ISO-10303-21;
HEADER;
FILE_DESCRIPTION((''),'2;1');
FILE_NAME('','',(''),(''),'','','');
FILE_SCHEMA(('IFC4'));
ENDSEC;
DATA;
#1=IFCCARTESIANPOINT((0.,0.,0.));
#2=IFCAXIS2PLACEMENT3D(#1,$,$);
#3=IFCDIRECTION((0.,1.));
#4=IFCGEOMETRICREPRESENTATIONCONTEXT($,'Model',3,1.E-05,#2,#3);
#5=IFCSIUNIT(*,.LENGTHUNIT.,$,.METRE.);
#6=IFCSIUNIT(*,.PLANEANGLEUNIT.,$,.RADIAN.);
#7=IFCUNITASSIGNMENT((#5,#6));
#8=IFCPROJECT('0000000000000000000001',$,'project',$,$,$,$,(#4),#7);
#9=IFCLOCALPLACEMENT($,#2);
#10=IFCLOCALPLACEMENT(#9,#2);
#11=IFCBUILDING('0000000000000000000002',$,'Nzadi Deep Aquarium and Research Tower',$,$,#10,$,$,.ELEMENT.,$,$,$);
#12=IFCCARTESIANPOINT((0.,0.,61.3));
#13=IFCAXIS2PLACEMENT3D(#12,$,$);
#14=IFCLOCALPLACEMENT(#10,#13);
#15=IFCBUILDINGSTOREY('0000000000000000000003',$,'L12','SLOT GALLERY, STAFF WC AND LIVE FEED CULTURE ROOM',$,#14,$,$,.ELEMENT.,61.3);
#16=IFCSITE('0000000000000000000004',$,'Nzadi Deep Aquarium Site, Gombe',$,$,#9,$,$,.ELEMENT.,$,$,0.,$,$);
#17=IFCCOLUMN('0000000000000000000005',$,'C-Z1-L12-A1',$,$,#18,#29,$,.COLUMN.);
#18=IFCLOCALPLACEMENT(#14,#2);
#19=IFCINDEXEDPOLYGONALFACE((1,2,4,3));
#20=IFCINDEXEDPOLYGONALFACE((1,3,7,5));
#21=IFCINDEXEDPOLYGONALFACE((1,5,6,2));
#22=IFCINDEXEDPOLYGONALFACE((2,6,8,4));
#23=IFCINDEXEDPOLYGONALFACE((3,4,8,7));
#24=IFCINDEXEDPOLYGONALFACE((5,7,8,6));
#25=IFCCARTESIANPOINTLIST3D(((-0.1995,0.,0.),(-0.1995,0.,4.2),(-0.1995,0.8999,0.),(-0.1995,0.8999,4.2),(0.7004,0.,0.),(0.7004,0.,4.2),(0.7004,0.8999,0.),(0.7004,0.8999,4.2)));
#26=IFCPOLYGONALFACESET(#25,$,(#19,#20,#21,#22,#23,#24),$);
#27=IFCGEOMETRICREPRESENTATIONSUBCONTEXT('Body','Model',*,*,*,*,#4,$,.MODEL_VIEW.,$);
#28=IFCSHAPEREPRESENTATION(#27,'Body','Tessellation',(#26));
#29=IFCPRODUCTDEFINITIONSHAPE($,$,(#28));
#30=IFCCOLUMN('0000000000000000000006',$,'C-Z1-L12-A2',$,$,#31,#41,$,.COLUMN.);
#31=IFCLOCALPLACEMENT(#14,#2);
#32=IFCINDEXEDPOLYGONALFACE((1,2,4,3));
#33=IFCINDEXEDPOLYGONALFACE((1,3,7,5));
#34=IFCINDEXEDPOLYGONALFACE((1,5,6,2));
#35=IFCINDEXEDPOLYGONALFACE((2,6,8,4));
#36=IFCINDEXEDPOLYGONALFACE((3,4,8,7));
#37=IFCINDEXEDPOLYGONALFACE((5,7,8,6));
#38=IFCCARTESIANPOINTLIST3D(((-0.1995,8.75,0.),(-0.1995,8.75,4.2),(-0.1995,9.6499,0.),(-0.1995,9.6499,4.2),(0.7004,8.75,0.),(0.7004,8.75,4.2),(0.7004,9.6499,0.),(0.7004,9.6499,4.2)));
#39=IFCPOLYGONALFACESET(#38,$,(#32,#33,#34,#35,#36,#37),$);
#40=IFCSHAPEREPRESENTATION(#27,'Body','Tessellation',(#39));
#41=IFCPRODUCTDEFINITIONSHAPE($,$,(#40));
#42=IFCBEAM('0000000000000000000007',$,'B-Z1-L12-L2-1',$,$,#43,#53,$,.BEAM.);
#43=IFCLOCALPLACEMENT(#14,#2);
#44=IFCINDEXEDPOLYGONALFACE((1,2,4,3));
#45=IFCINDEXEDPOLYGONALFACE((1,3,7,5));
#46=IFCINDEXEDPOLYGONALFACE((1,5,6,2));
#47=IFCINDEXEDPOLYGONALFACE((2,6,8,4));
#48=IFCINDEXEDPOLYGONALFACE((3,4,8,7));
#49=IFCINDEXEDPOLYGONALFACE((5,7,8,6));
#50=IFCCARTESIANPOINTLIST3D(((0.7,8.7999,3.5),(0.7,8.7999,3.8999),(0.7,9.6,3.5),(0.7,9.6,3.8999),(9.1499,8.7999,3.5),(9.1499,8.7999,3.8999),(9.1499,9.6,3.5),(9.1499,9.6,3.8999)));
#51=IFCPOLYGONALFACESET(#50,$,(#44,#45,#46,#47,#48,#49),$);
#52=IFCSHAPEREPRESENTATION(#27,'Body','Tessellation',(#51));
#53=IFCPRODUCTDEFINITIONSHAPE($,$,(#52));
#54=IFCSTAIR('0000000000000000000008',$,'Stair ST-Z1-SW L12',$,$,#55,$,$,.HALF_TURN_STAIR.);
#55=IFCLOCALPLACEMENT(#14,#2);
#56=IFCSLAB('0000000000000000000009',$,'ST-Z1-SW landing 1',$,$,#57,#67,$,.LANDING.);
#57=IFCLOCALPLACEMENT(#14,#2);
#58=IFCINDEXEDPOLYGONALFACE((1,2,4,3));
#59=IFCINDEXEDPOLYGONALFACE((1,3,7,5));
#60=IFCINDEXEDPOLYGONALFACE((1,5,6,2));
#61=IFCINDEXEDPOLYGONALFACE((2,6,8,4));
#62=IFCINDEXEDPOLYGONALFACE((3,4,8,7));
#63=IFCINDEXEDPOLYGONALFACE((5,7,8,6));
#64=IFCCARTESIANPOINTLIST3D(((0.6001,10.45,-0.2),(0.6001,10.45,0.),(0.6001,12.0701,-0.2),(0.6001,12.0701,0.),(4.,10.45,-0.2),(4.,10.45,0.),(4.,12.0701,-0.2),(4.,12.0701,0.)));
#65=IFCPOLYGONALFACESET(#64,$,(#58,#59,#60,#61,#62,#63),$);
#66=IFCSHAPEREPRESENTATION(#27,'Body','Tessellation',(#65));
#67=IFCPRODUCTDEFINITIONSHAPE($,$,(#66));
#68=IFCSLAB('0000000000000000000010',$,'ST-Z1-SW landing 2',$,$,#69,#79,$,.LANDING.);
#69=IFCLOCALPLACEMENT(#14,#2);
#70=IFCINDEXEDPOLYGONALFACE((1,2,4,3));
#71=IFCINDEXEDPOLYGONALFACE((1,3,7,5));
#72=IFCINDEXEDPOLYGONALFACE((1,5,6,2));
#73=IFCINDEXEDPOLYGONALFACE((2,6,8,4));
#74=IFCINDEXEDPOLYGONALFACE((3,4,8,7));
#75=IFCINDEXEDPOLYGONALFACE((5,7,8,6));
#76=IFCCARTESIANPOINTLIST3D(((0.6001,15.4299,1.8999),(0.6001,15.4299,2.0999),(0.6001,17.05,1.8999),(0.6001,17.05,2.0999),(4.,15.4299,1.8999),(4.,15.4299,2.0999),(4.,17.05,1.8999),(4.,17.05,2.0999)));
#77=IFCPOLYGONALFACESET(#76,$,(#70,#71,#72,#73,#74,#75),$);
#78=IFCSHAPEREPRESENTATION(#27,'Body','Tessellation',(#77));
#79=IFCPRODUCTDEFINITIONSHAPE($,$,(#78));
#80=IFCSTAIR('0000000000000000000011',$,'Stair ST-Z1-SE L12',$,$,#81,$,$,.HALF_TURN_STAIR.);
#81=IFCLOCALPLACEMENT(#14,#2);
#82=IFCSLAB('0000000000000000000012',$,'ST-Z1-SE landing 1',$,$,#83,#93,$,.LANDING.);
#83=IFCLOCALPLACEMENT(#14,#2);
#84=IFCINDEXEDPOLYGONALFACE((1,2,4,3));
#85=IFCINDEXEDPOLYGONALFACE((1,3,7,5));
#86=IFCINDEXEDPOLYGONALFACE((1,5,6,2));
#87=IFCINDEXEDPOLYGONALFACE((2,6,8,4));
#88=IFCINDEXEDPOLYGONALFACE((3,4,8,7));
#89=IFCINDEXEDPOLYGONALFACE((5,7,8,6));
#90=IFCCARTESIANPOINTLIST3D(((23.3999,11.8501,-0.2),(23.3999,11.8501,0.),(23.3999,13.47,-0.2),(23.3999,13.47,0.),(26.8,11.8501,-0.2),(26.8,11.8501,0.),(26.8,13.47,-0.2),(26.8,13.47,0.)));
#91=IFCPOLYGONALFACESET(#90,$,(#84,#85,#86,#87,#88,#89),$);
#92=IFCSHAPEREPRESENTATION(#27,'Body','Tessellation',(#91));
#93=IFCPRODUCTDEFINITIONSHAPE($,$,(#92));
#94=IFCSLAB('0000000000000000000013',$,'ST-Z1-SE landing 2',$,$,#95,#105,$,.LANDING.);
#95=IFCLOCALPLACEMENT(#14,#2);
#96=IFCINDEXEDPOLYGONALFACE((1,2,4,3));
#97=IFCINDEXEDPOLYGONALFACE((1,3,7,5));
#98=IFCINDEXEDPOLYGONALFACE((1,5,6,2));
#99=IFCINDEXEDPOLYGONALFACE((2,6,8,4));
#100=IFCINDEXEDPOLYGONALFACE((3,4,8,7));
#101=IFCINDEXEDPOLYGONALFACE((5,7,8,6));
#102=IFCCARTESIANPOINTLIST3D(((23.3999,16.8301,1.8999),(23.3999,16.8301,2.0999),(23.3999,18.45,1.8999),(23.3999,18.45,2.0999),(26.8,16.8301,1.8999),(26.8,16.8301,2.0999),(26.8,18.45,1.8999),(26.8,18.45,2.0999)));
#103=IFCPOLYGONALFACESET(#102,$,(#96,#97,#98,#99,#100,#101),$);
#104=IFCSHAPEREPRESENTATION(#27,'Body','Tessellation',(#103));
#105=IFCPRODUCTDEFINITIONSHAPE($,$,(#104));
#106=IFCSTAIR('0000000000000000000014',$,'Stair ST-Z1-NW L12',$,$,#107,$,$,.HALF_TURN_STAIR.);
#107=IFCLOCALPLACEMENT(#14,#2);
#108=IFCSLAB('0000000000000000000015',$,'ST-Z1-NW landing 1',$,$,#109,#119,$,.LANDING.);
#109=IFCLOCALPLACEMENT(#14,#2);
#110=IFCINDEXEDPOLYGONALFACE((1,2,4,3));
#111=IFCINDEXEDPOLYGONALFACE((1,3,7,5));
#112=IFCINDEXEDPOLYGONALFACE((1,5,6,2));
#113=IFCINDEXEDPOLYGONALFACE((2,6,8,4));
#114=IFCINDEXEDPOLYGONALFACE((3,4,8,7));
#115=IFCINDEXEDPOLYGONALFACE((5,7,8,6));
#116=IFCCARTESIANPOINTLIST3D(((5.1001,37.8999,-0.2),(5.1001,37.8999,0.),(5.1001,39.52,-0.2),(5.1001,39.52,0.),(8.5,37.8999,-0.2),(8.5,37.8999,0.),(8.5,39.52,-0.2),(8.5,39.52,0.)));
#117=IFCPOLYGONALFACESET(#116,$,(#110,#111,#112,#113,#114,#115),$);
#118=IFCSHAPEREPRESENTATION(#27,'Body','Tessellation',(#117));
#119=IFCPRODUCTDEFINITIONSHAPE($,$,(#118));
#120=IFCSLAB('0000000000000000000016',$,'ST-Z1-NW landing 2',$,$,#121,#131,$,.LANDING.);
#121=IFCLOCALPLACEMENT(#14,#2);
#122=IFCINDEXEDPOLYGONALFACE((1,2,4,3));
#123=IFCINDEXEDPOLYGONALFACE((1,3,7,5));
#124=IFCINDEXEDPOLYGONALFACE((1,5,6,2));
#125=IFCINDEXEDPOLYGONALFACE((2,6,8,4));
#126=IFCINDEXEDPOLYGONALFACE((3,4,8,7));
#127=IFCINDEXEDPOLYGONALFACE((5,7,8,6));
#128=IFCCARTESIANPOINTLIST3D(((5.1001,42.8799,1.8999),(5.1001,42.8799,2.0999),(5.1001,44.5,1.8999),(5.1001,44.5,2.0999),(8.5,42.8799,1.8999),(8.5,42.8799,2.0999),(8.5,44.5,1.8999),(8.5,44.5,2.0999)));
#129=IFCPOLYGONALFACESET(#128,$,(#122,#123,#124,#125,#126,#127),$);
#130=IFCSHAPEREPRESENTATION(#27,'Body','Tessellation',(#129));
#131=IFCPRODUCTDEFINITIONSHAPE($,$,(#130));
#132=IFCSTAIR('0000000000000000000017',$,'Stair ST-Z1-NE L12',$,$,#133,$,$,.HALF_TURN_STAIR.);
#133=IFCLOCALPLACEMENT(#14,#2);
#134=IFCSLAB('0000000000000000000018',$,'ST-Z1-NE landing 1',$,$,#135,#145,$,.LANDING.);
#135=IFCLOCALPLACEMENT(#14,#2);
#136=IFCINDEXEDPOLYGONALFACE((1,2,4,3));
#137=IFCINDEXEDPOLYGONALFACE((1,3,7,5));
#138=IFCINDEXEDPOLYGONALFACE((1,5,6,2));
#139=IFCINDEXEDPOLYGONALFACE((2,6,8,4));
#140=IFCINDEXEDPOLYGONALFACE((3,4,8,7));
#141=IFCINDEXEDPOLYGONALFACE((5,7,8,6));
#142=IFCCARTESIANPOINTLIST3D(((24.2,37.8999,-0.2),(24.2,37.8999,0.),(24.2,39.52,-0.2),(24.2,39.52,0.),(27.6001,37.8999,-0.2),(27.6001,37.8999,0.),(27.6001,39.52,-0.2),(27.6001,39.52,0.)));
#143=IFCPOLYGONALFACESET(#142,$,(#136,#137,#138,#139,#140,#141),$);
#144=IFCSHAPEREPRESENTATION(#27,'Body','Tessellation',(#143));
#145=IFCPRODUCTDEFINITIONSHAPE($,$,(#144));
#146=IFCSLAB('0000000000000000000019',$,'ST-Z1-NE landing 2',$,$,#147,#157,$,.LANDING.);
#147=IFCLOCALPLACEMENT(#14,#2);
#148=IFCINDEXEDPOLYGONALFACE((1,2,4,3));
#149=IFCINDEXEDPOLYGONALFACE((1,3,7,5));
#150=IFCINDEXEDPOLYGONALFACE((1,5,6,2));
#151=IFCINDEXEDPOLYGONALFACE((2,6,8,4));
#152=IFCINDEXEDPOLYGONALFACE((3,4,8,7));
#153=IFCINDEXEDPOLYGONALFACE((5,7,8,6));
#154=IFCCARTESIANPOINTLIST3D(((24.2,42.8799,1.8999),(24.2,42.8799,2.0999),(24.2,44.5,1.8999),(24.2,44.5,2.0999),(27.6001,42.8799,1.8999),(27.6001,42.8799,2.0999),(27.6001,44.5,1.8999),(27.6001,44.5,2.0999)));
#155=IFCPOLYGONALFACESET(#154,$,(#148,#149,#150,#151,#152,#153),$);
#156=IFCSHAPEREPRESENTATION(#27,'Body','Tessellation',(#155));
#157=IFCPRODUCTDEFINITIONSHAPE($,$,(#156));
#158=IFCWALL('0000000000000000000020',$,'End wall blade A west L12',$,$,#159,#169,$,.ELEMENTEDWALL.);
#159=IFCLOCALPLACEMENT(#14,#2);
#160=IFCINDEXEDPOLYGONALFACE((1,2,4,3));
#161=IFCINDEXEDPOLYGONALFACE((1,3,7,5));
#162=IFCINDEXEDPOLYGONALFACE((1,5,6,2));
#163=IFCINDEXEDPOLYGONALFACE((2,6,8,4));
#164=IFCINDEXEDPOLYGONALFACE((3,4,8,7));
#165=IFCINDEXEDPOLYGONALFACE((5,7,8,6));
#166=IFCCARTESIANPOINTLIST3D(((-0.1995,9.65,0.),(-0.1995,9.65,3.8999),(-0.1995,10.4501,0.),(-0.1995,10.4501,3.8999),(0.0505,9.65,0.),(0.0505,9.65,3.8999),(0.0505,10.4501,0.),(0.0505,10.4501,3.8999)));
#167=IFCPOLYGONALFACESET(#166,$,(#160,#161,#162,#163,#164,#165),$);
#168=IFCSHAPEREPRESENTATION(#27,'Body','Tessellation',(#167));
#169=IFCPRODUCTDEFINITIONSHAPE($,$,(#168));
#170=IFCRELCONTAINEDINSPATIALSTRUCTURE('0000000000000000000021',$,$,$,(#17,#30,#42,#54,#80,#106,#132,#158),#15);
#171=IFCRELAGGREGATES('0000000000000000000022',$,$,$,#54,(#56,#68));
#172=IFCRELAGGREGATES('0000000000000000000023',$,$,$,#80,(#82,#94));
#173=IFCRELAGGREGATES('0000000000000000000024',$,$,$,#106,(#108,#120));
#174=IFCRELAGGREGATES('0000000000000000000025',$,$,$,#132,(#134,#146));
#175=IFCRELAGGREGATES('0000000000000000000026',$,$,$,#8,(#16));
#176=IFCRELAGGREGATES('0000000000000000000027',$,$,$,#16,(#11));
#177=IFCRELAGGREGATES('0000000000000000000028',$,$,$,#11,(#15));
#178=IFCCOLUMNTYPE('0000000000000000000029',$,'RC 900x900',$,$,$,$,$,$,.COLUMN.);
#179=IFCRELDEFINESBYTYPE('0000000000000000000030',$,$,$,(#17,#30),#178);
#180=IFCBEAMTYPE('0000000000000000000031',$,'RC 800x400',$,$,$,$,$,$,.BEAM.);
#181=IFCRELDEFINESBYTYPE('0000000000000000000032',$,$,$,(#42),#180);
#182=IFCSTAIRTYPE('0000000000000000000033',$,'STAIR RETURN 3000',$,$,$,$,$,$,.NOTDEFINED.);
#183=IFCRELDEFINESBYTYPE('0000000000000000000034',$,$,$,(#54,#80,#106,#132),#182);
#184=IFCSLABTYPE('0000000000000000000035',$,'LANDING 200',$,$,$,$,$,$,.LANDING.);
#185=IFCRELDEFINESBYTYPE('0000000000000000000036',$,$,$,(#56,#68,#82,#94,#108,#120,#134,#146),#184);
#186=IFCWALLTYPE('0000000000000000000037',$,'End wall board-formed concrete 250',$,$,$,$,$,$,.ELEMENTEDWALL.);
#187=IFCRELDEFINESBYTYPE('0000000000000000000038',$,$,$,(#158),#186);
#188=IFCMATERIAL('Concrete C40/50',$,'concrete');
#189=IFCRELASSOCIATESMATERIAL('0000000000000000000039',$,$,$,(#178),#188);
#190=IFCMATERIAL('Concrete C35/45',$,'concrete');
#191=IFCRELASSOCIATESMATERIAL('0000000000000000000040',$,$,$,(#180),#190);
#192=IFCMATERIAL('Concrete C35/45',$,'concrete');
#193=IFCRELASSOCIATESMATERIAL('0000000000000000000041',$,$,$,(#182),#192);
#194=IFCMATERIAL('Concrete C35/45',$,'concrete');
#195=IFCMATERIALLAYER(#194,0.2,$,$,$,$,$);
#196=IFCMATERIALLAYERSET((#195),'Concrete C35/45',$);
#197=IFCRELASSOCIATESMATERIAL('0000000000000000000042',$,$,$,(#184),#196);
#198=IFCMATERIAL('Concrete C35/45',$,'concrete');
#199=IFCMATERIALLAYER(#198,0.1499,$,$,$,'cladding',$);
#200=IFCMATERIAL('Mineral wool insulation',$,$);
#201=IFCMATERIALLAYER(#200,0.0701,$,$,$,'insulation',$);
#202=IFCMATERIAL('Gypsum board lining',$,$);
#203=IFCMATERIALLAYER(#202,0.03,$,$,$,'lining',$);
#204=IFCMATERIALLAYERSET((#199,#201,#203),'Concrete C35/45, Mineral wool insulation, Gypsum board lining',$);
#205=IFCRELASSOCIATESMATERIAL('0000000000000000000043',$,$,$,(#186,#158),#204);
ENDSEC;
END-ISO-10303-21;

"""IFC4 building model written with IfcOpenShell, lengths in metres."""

from ifc_helpers import new_model, si_unit, direction, frame, frame_2d, origin, origin_2d, place, context, subcontext, project, spatial, polyline, rectangle, outline, extrude, material, layer, layer_set, layer_usage, material_profile, profile_set, type_object, element, aggregate, save


model = new_model("IFC4")

# Units and contexts
model_context = context("Model", 3, precision=1e-05, world=origin(), true_north=direction((0.0, 1.0)))
body_context = subcontext(model_context, "Body", "Model", "MODEL_VIEW")
ifc_project = project(units=[si_unit("LENGTHUNIT", "METRE"), si_unit("PLANEANGLEUNIT", "RADIAN")], contexts=[model_context])

# Site, building, storey
site_placement = place(None, origin())
site = spatial("IfcSite", under=ifc_project, at=site_placement, Name="Nzadi Deep Aquarium Site, Gombe", CompositionType="ELEMENT", RefElevation=0.0)
building_placement = place(site_placement, origin())
building = spatial("IfcBuilding", under=site, at=building_placement, Name="Nzadi Deep Aquarium and Research Tower", CompositionType="ELEMENT")
storey_placement = place(building_placement, frame((0.0, 0.0, 61.3)))
storey = spatial("IfcBuildingStorey", under=building, at=storey_placement, Name="L12", Description="SLOT GALLERY, STAFF WC AND LIVE FEED CULTURE ROOM", CompositionType="ELEMENT", Elevation=61.3)

# Columns
ifc_material_1 = material(Name="Concrete C40/50", Category="concrete")
ifc_material_profile_1 = material_profile(ifc_material_1, rectangle(XDim=0.8999, YDim=0.8999, at=origin_2d()))
ifc_profile_set_1 = profile_set([ifc_material_profile_1], Name="Concrete C40/50")
column_type = type_object("IfcColumnType", Name="RC 900x900", PredefinedType="COLUMN", material=ifc_profile_set_1)
for number, where, z_axis, x_axis, name in (
    (1, (0.2505, 0.45, 0.0), (0.0, 0.0, 1.0), (1.0, 0.0, 0.0), "C-Z1-L12-A1"),
    (2, (0.2505, 9.2, 0.0), (0.0, 0.0, 1.0), (1.0, 0.0, 0.0), "C-Z1-L12-A2"),
):
    element("IfcColumn", number, at=place(storey_placement, frame(where, z_axis=z_axis, x_axis=x_axis)), inside=storey, type_object=column_type, Name=name, PredefinedType="COLUMN", context=body_context, shape_type="SweptSolid", body=[
        extrude(rectangle(XDim=0.8999, YDim=0.8999, at=origin_2d()), origin(), (0.0, 0.0, 1.0), 4.2),
    ])

# Beam
ifc_material_2 = material(Name="Concrete C35/45", Category="concrete")
ifc_material_profile_2 = material_profile(ifc_material_2, rectangle(XDim=0.8, YDim=0.3999, at=origin_2d()))
ifc_profile_set_2 = profile_set([ifc_material_profile_2], Name="Concrete C35/45")
beam_type = type_object("IfcBeamType", Name="RC 800x400", PredefinedType="BEAM", material=ifc_profile_set_2)
beam_placement = place(storey_placement, frame((0.7, 9.2, 3.7), z_axis=(1.0, 0.0, 0.0), x_axis=(0.0, 1.0, 0.0)))
element("IfcBeam", 3, at=beam_placement, inside=storey, type_object=beam_type, Name="B-Z1-L12-L2-1", PredefinedType="BEAM", context=body_context, shape_type="SweptSolid", body=[
    extrude(rectangle(XDim=0.8, YDim=0.3999, at=origin_2d()), origin(), (0.0, 0.0, 1.0), 8.45),
])

# Stairs, slabs
ifc_material_3 = material(Name="Concrete C35/45", Category="concrete")
stair_type = type_object("IfcStairType", Name="STAIR RETURN 3000", PredefinedType="NOTDEFINED", material=ifc_material_3)
stair_1_placement = place(storey_placement, origin())
stair_1 = element("IfcStair", 4, at=stair_1_placement, inside=storey, type_object=stair_type, Name="Stair ST-Z1-SW L12", PredefinedType="HALF_TURN_STAIR")
ifc_material_4 = material(Name="Concrete C35/45", Category="concrete")
ifc_layer_1 = layer(ifc_material_4, 0.2)
ifc_layer_set_1 = layer_set([ifc_layer_1], Name="Concrete C35/45")
slab_type = type_object("IfcSlabType", Name="LANDING 200", PredefinedType="LANDING", material=ifc_layer_set_1)
slab_1_placement = place(storey_placement, frame((0.0, 0.0, -0.2)))
slab_1 = element("IfcSlab", 5, at=slab_1_placement, type_object=slab_type, Name="ST-Z1-SW landing 1", PredefinedType="LANDING", context=body_context, shape_type="SweptSolid", body=[
    extrude(outline(polyline([(0.6001, 10.45), (4.0, 10.45), (4.0, 12.0701), (0.6001, 12.0701), (0.6001, 10.45)])), origin(), (0.0, 0.0, 1.0), 0.2),
])
slab_2_placement = place(storey_placement, frame((0.0, 0.0, 1.8999)))
slab_2 = element("IfcSlab", 6, at=slab_2_placement, type_object=slab_type, Name="ST-Z1-SW landing 2", PredefinedType="LANDING", context=body_context, shape_type="SweptSolid", body=[
    extrude(outline(polyline([(0.6001, 15.4299), (4.0, 15.4299), (4.0, 17.05), (0.6001, 17.05), (0.6001, 15.4299)])), origin(), (0.0, 0.0, 1.0), 0.2),
])
aggregate(stair_1, [slab_1, slab_2])
stair_2_placement = place(storey_placement, origin())
stair_2 = element("IfcStair", 7, at=stair_2_placement, inside=storey, type_object=stair_type, Name="Stair ST-Z1-SE L12", PredefinedType="HALF_TURN_STAIR")
slab_3_placement = place(storey_placement, frame((0.0, 0.0, -0.2)))
slab_3 = element("IfcSlab", 8, at=slab_3_placement, type_object=slab_type, Name="ST-Z1-SE landing 1", PredefinedType="LANDING", context=body_context, shape_type="SweptSolid", body=[
    extrude(outline(polyline([(23.3999, 11.8501), (26.8, 11.8501), (26.8, 13.47), (23.3999, 13.47), (23.3999, 11.8501)])), origin(), (0.0, 0.0, 1.0), 0.2),
])
slab_4_placement = place(storey_placement, frame((0.0, 0.0, 1.8999)))
slab_4 = element("IfcSlab", 9, at=slab_4_placement, type_object=slab_type, Name="ST-Z1-SE landing 2", PredefinedType="LANDING", context=body_context, shape_type="SweptSolid", body=[
    extrude(outline(polyline([(23.3999, 16.8301), (26.8, 16.8301), (26.8, 18.45), (23.3999, 18.45), (23.3999, 16.8301)])), origin(), (0.0, 0.0, 1.0), 0.2),
])
aggregate(stair_2, [slab_3, slab_4])
stair_3_placement = place(storey_placement, origin())
stair_3 = element("IfcStair", 10, at=stair_3_placement, inside=storey, type_object=stair_type, Name="Stair ST-Z1-NW L12", PredefinedType="HALF_TURN_STAIR")
slab_5_placement = place(storey_placement, frame((0.0, 0.0, -0.2)))
slab_5 = element("IfcSlab", 11, at=slab_5_placement, type_object=slab_type, Name="ST-Z1-NW landing 1", PredefinedType="LANDING", context=body_context, shape_type="SweptSolid", body=[
    extrude(outline(polyline([(5.1001, 37.8999), (8.5, 37.8999), (8.5, 39.52), (5.1001, 39.52), (5.1001, 37.8999)])), origin(), (0.0, 0.0, 1.0), 0.2),
])
slab_6_placement = place(storey_placement, frame((0.0, 0.0, 1.8999)))
slab_6 = element("IfcSlab", 12, at=slab_6_placement, type_object=slab_type, Name="ST-Z1-NW landing 2", PredefinedType="LANDING", context=body_context, shape_type="SweptSolid", body=[
    extrude(outline(polyline([(5.1001, 42.8799), (8.5, 42.8799), (8.5, 44.5), (5.1001, 44.5), (5.1001, 42.8799)])), origin(), (0.0, 0.0, 1.0), 0.2),
])
aggregate(stair_3, [slab_5, slab_6])
stair_4_placement = place(storey_placement, origin())
stair_4 = element("IfcStair", 13, at=stair_4_placement, inside=storey, type_object=stair_type, Name="Stair ST-Z1-NE L12", PredefinedType="HALF_TURN_STAIR")
slab_7_placement = place(storey_placement, frame((0.0, 0.0, -0.2)))
slab_7 = element("IfcSlab", 14, at=slab_7_placement, type_object=slab_type, Name="ST-Z1-NE landing 1", PredefinedType="LANDING", context=body_context, shape_type="SweptSolid", body=[
    extrude(outline(polyline([(24.2, 37.8999), (27.6001, 37.8999), (27.6001, 39.52), (24.2, 39.52), (24.2, 37.8999)])), origin(), (0.0, 0.0, 1.0), 0.2),
])
slab_8_placement = place(storey_placement, frame((0.0, 0.0, 1.8999)))
slab_8 = element("IfcSlab", 15, at=slab_8_placement, type_object=slab_type, Name="ST-Z1-NE landing 2", PredefinedType="LANDING", context=body_context, shape_type="SweptSolid", body=[
    extrude(outline(polyline([(24.2, 42.8799), (27.6001, 42.8799), (27.6001, 44.5), (24.2, 44.5), (24.2, 42.8799)])), origin(), (0.0, 0.0, 1.0), 0.2),
])
aggregate(stair_4, [slab_7, slab_8])

# Wall
ifc_material_5 = material(Name="Concrete C35/45", Category="concrete")
ifc_layer_2 = layer(ifc_material_5, 0.1499, Category="cladding")
ifc_material_6 = material(Name="Mineral wool insulation")
ifc_layer_3 = layer(ifc_material_6, 0.0701, Category="insulation")
ifc_material_7 = material(Name="Gypsum board lining")
ifc_layer_4 = layer(ifc_material_7, 0.03, Category="lining")
ifc_layer_set_2 = layer_set([ifc_layer_2, ifc_layer_3, ifc_layer_4], Name="Concrete C35/45, Mineral wool insulation, Gypsum board lining")
ifc_layer_usage_1 = layer_usage(ifc_layer_set_2, "AXIS2", "POSITIVE", -0.125)
wall_type_1 = type_object("IfcWallType", Name="End wall board-formed concrete 250", PredefinedType="ELEMENTEDWALL", material=ifc_layer_set_2)
wall_1_placement = place(storey_placement, frame((-0.0745, 10.45, 0.0), z_axis=(0.0, 0.0, 1.0), x_axis=(0.0, -1.0, 0.0)))
element("IfcWall", 16, at=wall_1_placement, inside=storey, type_object=wall_type_1, material=ifc_layer_usage_1, Name="End wall blade A west L12", PredefinedType="ELEMENTEDWALL", context=body_context, shape_type="SweptSolid", body=[
    extrude(rectangle(XDim=0.8, YDim=0.25, at=frame_2d((0.3999, 0.0))), origin(), (0.0, 0.0, 1.0), 3.8999),
])

save(model, "model.ifc")
